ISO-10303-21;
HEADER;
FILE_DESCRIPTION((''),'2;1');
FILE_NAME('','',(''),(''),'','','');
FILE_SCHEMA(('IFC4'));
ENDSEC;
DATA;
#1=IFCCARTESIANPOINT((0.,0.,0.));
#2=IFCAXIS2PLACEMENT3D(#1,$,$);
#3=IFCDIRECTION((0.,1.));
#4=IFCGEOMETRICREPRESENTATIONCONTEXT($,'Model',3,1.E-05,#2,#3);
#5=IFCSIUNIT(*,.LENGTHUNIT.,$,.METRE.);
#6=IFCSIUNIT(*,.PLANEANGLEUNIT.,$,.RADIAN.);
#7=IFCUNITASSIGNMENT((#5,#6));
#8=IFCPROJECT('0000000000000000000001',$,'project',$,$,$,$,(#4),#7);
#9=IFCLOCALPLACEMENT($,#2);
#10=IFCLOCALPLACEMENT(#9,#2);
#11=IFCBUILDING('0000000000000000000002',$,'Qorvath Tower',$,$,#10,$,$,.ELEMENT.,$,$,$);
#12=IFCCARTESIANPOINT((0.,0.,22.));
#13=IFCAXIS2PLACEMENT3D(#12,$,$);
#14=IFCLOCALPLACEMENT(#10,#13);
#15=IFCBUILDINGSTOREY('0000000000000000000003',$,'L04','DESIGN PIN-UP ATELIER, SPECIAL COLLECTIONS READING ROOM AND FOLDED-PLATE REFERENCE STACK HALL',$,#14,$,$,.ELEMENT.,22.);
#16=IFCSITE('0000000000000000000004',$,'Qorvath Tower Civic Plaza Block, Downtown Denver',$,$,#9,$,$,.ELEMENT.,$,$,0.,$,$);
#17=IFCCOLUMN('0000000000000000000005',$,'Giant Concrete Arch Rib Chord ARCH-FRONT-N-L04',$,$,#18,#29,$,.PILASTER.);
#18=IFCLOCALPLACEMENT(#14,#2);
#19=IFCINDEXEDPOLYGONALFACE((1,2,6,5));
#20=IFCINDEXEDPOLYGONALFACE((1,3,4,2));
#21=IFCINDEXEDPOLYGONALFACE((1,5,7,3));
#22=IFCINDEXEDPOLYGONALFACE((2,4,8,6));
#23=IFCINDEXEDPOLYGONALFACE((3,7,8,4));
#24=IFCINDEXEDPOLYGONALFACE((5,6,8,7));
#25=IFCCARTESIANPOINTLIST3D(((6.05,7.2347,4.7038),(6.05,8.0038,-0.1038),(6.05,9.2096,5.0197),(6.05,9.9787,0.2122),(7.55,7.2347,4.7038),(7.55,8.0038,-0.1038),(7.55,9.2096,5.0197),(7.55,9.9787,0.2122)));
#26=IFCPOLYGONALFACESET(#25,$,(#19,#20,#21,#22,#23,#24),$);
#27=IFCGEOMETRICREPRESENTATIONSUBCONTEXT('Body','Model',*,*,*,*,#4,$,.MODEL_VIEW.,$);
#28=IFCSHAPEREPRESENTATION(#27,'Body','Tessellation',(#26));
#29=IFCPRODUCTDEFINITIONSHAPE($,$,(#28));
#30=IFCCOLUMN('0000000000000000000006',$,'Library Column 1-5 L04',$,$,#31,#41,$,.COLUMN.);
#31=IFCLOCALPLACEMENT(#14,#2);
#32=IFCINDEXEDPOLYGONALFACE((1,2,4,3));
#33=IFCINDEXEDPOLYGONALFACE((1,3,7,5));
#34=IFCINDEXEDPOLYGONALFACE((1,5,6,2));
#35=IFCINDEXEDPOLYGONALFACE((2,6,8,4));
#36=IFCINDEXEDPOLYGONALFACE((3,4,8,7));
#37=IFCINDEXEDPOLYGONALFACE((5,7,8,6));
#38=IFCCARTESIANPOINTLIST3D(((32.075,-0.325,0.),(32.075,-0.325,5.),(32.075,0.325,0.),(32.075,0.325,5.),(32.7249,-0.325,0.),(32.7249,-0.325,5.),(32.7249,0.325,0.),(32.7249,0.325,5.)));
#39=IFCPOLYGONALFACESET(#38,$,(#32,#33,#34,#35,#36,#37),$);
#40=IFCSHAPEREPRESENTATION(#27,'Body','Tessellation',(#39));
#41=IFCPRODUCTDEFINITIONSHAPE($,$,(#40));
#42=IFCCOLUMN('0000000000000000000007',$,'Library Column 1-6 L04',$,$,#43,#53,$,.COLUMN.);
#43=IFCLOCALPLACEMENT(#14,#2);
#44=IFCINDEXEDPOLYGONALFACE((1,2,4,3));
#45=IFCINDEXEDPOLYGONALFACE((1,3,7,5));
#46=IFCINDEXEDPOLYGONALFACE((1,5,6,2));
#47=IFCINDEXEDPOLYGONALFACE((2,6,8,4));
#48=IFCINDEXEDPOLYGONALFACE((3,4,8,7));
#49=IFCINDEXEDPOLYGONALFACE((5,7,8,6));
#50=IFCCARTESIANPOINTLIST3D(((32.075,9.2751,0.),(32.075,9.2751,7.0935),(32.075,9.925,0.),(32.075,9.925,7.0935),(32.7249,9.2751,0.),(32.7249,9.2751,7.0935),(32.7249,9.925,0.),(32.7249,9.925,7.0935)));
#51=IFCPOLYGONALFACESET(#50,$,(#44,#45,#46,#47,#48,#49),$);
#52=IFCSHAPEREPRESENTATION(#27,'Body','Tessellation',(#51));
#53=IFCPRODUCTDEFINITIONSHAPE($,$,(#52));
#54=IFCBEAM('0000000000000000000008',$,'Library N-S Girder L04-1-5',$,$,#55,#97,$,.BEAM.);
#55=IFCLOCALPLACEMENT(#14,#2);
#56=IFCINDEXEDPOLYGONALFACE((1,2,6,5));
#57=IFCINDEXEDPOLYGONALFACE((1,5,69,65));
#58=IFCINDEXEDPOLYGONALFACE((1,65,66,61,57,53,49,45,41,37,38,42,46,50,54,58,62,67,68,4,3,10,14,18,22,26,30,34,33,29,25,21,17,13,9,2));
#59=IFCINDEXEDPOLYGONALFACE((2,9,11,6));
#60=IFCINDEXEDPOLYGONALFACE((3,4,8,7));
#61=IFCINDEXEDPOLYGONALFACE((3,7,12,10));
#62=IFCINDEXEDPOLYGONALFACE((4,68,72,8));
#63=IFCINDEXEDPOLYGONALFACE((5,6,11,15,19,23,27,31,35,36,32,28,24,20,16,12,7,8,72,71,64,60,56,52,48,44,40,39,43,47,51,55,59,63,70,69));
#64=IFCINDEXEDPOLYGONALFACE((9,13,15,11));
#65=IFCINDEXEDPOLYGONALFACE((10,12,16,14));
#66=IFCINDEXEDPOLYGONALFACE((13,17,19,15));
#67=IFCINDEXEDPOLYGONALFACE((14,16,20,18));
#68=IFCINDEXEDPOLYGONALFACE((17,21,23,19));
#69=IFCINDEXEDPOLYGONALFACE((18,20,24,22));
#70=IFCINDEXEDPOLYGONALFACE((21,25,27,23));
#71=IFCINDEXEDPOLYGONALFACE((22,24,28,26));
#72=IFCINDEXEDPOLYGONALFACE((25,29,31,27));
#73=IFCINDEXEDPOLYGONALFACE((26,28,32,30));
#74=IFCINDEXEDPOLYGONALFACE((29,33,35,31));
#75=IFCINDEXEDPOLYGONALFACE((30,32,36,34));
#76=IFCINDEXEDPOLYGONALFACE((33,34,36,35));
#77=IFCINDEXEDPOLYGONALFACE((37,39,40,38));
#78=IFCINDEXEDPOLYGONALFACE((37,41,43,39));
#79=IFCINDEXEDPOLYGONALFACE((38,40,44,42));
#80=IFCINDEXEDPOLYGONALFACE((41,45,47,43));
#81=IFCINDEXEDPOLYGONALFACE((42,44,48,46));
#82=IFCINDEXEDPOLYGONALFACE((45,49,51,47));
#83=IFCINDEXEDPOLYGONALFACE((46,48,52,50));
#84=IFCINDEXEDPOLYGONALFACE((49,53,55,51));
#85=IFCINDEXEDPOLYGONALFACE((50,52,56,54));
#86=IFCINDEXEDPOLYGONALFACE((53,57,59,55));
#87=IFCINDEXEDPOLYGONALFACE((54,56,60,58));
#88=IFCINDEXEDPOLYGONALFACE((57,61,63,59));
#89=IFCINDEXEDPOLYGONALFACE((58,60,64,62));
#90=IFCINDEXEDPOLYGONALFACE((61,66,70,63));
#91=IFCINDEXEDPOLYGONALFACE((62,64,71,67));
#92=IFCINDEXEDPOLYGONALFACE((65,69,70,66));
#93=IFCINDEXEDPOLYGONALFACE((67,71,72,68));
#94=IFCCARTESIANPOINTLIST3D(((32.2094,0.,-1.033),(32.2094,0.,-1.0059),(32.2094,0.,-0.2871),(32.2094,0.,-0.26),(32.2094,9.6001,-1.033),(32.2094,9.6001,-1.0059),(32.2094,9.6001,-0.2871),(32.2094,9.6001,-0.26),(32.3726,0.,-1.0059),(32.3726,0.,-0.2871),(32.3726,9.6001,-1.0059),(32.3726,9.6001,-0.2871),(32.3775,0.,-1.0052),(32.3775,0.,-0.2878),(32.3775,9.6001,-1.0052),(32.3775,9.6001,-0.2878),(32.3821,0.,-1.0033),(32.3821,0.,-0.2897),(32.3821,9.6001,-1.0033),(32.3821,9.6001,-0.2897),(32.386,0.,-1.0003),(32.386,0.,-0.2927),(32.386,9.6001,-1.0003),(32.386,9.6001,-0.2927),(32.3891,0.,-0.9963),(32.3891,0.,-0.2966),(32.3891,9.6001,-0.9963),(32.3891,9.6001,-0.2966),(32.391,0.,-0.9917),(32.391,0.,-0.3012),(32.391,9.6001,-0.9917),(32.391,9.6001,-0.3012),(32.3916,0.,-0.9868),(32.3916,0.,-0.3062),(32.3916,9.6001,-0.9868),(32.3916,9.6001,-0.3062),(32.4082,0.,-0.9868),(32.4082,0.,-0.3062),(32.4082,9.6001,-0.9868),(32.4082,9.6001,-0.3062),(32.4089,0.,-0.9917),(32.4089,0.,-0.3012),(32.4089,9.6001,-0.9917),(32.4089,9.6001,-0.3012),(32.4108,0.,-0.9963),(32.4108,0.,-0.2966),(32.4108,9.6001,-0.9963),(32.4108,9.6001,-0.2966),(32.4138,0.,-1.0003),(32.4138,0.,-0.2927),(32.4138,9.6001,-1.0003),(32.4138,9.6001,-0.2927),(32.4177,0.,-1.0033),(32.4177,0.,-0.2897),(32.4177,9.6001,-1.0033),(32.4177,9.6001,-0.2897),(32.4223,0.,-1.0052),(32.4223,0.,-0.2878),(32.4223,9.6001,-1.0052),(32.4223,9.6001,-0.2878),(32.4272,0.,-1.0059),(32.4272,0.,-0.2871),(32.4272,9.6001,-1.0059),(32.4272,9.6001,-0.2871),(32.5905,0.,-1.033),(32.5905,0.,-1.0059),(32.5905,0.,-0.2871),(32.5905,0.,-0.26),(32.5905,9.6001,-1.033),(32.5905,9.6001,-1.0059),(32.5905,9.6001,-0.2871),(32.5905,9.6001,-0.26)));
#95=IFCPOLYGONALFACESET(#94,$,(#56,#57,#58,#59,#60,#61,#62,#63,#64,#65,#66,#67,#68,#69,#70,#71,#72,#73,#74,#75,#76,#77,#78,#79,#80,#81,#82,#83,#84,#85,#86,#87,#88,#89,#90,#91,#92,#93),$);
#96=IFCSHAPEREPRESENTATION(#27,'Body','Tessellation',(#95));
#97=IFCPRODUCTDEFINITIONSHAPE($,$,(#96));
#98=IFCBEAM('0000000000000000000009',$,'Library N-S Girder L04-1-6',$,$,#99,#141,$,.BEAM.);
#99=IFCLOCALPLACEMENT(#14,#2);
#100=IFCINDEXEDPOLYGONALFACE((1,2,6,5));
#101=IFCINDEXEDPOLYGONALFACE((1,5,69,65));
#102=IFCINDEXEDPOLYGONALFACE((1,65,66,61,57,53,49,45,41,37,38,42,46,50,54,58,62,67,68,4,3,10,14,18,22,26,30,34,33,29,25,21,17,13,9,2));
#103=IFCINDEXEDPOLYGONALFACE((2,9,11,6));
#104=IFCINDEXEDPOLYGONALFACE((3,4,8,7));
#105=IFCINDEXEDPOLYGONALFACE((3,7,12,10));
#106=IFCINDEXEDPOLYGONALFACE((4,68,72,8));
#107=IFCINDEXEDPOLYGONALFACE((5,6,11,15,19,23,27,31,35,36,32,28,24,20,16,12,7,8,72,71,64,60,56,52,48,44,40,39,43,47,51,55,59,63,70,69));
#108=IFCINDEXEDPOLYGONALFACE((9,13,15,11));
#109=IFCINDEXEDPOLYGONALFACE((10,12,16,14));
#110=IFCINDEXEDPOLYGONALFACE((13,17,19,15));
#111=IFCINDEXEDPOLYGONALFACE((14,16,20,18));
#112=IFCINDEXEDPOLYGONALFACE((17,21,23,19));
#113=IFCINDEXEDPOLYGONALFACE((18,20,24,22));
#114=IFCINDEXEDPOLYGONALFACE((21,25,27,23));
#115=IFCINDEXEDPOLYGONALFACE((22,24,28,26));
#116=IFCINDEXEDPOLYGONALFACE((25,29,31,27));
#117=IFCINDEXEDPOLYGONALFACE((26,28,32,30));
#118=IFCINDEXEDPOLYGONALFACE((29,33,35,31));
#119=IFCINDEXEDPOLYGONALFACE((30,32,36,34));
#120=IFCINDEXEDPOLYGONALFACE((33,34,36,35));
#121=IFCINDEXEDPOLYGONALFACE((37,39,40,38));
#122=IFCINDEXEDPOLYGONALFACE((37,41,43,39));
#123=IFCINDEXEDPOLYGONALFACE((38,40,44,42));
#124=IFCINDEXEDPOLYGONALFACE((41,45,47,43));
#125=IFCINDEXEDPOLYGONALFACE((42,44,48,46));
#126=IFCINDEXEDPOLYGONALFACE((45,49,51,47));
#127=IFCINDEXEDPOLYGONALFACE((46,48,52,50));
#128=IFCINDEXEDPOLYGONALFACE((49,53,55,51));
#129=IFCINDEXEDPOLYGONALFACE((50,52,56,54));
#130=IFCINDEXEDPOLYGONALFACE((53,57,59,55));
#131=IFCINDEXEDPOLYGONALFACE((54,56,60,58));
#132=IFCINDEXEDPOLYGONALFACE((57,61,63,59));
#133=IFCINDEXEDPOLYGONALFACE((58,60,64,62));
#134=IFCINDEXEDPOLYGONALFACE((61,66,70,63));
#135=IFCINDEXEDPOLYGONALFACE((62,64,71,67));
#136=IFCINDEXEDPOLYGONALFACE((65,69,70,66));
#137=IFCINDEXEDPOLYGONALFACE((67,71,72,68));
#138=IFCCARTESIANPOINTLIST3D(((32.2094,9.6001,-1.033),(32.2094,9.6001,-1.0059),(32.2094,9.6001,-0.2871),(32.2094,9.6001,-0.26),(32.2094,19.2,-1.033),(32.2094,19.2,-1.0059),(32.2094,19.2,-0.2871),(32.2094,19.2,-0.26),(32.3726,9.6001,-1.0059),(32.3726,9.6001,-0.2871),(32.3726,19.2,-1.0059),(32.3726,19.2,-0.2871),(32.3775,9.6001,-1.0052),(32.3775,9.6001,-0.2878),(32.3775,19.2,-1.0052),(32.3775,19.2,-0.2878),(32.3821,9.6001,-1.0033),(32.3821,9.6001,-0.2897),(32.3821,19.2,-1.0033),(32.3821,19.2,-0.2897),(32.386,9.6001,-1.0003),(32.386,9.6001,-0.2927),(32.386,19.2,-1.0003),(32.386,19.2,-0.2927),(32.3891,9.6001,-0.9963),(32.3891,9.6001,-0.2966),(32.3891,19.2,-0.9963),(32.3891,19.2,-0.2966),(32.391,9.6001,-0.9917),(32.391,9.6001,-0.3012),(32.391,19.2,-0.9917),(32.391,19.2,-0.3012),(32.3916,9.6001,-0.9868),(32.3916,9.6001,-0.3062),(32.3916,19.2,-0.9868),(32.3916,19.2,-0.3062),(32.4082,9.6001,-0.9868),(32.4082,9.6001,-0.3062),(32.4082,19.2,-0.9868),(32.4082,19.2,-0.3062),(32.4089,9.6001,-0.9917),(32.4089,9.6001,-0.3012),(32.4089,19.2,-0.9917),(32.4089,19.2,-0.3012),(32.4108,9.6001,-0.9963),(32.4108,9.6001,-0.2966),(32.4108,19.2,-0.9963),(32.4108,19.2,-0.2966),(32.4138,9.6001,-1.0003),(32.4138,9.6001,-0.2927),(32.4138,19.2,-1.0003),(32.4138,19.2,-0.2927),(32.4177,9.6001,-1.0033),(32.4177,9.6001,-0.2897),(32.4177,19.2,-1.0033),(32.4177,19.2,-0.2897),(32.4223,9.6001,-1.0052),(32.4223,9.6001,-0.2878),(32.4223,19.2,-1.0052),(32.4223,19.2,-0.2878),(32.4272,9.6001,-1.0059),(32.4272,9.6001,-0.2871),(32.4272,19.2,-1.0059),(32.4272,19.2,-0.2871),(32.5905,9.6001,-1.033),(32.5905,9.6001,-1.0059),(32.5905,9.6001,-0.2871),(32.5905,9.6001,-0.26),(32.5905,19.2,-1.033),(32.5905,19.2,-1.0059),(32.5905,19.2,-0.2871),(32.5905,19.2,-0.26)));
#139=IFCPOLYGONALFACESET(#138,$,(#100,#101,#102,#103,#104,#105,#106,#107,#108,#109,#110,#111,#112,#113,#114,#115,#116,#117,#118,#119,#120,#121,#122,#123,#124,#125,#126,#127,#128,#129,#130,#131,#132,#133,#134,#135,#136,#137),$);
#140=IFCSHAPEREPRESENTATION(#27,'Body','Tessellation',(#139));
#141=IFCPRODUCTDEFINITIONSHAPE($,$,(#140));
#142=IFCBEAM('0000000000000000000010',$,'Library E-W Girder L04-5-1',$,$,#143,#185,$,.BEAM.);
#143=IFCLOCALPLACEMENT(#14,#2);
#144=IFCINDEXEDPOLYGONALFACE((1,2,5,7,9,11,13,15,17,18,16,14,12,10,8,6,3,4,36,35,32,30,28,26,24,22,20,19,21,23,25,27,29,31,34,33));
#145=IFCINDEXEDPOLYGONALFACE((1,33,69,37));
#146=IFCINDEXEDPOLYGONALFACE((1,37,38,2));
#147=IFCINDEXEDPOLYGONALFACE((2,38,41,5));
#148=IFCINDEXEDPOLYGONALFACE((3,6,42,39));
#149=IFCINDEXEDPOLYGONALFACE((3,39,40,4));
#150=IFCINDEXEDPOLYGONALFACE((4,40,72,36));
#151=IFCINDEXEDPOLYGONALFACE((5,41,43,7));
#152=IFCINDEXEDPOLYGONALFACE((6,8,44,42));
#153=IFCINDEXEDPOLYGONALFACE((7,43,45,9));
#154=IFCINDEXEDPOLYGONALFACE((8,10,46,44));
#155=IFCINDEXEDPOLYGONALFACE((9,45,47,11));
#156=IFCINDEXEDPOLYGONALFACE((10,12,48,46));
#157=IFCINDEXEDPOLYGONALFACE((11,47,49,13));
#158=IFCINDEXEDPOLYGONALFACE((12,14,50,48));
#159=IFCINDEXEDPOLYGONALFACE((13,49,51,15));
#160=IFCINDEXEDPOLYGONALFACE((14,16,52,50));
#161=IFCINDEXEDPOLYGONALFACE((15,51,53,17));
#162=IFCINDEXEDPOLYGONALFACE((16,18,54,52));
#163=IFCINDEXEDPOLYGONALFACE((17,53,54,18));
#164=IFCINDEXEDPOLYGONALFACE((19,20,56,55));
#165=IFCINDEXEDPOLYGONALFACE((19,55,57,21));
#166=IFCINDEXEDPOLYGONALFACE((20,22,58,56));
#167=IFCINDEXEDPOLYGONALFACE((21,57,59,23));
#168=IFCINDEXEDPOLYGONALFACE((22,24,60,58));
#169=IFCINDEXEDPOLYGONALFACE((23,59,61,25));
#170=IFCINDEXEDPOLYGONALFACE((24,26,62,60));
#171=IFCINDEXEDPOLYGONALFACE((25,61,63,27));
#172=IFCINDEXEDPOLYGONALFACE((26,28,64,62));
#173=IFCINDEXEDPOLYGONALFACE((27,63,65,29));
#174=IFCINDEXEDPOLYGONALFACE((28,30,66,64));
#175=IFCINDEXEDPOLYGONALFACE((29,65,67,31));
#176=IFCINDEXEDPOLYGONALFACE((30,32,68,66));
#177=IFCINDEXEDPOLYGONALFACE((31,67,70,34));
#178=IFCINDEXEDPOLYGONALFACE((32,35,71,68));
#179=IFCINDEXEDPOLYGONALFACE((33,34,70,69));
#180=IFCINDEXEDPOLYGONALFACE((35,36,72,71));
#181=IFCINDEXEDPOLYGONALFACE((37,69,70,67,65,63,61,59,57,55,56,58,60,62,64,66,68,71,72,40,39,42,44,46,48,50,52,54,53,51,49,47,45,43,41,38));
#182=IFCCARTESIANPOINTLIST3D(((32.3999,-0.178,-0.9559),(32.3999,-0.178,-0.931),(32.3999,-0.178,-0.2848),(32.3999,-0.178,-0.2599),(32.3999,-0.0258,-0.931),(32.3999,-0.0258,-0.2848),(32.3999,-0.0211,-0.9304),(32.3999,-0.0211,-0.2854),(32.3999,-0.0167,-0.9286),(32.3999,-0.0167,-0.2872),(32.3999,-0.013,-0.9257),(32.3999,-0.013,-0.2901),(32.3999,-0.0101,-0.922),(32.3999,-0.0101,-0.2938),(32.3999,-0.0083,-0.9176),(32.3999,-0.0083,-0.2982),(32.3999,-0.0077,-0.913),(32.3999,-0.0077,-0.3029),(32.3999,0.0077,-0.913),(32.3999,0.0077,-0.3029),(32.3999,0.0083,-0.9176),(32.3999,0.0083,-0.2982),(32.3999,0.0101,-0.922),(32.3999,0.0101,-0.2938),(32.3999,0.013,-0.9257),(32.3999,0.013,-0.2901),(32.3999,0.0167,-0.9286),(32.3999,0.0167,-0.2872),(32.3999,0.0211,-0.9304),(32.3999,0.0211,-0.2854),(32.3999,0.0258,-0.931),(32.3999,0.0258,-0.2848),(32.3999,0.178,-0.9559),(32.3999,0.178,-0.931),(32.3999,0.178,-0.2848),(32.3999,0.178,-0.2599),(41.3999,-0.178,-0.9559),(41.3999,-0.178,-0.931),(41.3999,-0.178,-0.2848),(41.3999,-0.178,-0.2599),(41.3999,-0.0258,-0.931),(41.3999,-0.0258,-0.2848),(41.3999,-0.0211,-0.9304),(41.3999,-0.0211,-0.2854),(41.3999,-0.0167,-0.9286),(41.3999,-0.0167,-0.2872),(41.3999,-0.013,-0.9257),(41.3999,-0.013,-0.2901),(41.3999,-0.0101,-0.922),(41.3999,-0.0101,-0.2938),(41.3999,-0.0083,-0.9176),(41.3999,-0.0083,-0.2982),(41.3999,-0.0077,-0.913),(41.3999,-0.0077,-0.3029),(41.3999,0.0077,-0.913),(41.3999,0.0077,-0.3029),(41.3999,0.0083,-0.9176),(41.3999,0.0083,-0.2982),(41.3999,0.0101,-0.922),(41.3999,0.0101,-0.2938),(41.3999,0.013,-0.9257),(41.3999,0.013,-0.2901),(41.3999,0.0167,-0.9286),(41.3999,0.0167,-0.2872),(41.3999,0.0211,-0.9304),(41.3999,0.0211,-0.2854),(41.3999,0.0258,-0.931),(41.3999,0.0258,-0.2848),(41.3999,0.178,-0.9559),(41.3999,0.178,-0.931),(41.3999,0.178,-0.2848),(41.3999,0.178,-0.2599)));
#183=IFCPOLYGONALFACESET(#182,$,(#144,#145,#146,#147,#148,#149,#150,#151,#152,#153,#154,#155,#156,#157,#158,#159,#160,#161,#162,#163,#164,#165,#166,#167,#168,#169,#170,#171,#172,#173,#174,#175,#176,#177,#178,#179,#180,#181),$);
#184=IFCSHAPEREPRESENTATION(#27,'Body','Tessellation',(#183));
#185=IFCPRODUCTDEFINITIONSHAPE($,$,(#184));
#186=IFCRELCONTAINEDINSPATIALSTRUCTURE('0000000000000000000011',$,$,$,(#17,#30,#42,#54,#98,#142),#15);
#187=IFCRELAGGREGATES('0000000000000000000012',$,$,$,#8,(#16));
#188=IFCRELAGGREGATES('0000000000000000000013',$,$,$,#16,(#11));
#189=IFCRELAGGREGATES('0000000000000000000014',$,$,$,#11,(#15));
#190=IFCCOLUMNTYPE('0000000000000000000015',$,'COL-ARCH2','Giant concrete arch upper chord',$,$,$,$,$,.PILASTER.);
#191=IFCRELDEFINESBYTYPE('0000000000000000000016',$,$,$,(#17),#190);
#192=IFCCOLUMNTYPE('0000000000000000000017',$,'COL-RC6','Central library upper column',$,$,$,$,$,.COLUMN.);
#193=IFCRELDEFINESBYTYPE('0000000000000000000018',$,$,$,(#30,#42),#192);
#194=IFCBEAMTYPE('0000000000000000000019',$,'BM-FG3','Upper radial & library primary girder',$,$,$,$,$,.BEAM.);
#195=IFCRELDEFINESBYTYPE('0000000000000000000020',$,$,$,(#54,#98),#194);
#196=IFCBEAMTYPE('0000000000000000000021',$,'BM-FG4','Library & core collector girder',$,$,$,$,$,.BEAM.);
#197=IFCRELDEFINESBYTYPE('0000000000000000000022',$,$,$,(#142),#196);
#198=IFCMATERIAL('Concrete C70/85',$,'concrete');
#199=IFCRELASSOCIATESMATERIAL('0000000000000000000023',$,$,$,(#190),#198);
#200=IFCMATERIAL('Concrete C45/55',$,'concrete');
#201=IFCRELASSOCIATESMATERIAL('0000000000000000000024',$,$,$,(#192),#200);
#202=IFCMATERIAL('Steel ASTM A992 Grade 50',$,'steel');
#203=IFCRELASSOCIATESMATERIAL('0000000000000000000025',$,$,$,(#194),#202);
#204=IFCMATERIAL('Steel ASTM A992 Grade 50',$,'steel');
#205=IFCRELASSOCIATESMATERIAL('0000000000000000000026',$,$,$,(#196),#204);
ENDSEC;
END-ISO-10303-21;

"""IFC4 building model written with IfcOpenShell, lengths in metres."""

from ifc_helpers import new_model, si_unit, direction, frame, origin, origin_2d, place, context, subcontext, project, spatial, rectangle, i_section, extrude, material, material_profile, profile_set, type_object, element, save


model = new_model("IFC4")

# Units and contexts
model_context = context("Model", 3, precision=1e-05, world=origin(), true_north=direction((0.0, 1.0)))
body_context = subcontext(model_context, "Body", "Model", "MODEL_VIEW")
ifc_project = project(units=[si_unit("LENGTHUNIT", "METRE"), si_unit("PLANEANGLEUNIT", "RADIAN")], contexts=[model_context])

# Site, building, storey
site_placement = place(None, origin())
site = spatial("IfcSite", under=ifc_project, at=site_placement, Name="Qorvath Tower Civic Plaza Block, Downtown Denver", CompositionType="ELEMENT", RefElevation=0.0)
building_placement = place(site_placement, origin())
building = spatial("IfcBuilding", under=site, at=building_placement, Name="Qorvath Tower", CompositionType="ELEMENT")
storey_placement = place(building_placement, frame((0.0, 0.0, 22.0)))
storey = spatial("IfcBuildingStorey", under=building, at=storey_placement, Name="L04", Description="DESIGN PIN-UP ATELIER, SPECIAL COLLECTIONS READING ROOM AND FOLDED-PLATE REFERENCE STACK HALL", CompositionType="ELEMENT", Elevation=22.0)

# Columns
ifc_material_1 = material(Name="Concrete C70/85", Category="concrete")
ifc_material_profile_1 = material_profile(ifc_material_1, rectangle(XDim=1.5, YDim=2.0, at=origin_2d()), Name="ARCH 2000x1500")
ifc_profile_set_1 = profile_set([ifc_material_profile_1], Name="Concrete C70/85")
column_type_1 = type_object("IfcColumnType", Name="COL-ARCH2", Description="Giant concrete arch upper chord", PredefinedType="PILASTER", material=ifc_profile_set_1)
column_1_placement = place(storey_placement, frame((6.8, 8.9912, 0.0542), z_axis=(0.0, -0.157955, 0.987446), x_axis=(1.0, 0.0, 0.0)))
element("IfcColumn", 1, at=column_1_placement, inside=storey, type_object=column_type_1, Name="Giant Concrete Arch Rib Chord ARCH-FRONT-N-L04", PredefinedType="PILASTER", context=body_context, shape_type="SweptSolid", body=[
    extrude(rectangle(XDim=1.5, YDim=2.0, at=origin_2d()), origin(), (0.0, 0.0, 1.0), 4.8687),
])
ifc_material_2 = material(Name="Concrete C45/55", Category="concrete")
ifc_material_profile_2 = material_profile(ifc_material_2, rectangle(XDim=0.6499, YDim=0.6499, at=origin_2d()), Name="RC 650x650")
ifc_profile_set_2 = profile_set([ifc_material_profile_2], Name="Concrete C45/55")
column_type_2 = type_object("IfcColumnType", Name="COL-RC6", Description="Central library upper column", PredefinedType="COLUMN", material=ifc_profile_set_2)
column_2_placement = place(storey_placement, frame((32.3999, 0.0, 0.0), z_axis=(0.0, 0.0, 1.0), x_axis=(1.0, 0.0, 0.0)))
element("IfcColumn", 2, at=column_2_placement, inside=storey, type_object=column_type_2, Name="Library Column 1-5 L04", PredefinedType="COLUMN", context=body_context, shape_type="SweptSolid", body=[
    extrude(rectangle(XDim=0.6499, YDim=0.6499, at=origin_2d()), origin(), (0.0, 0.0, 1.0), 5.0),
])
column_3_placement = place(storey_placement, frame((32.3999, 9.6001, 0.0), z_axis=(0.0, 0.0, 1.0), x_axis=(1.0, 0.0, 0.0)))
element("IfcColumn", 3, at=column_3_placement, inside=storey, type_object=column_type_2, Name="Library Column 1-6 L04", PredefinedType="COLUMN", context=body_context, shape_type="SweptSolid", body=[
    extrude(rectangle(XDim=0.6499, YDim=0.6499, at=origin_2d()), origin(), (0.0, 0.0, 1.0), 7.0935),
])

# Beams
ifc_material_3 = material(Name="Steel ASTM A992 Grade 50", Category="steel")
ifc_material_profile_3 = material_profile(ifc_material_3, i_section(OverallWidth=0.3811, OverallDepth=0.7729, WebThickness=0.0166, FlangeThickness=0.0271, FilletRadius=0.019, at=origin_2d()), Name="W30x173")
ifc_profile_set_3 = profile_set([ifc_material_profile_3], Name="Steel ASTM A992 Grade 50")
beam_type_1 = type_object("IfcBeamType", Name="BM-FG3", Description="Upper radial & library primary girder", PredefinedType="BEAM", material=ifc_profile_set_3)
beam_1_placement = place(storey_placement, frame((32.3999, 0.0, -0.6465), z_axis=(0.0, 1.0, 0.0), x_axis=(-1.0, 0.0, 0.0)))
element("IfcBeam", 4, at=beam_1_placement, inside=storey, type_object=beam_type_1, Name="Library N-S Girder L04-1-5", PredefinedType="BEAM", context=body_context, shape_type="SweptSolid", body=[
    extrude(i_section(OverallWidth=0.3811, OverallDepth=0.7729, WebThickness=0.0166, FlangeThickness=0.0271, FilletRadius=0.019, at=origin_2d()), origin(), (0.0, 0.0, 1.0), 9.6001),
])
beam_2_placement = place(storey_placement, frame((32.3999, 9.6001, -0.6465), z_axis=(0.0, 1.0, 0.0), x_axis=(-1.0, 0.0, 0.0)))
element("IfcBeam", 5, at=beam_2_placement, inside=storey, type_object=beam_type_1, Name="Library N-S Girder L04-1-6", PredefinedType="BEAM", context=body_context, shape_type="SweptSolid", body=[
    extrude(i_section(OverallWidth=0.3811, OverallDepth=0.7729, WebThickness=0.0166, FlangeThickness=0.0271, FilletRadius=0.019, at=origin_2d()), origin(), (0.0, 0.0, 1.0), 9.5999),
])
ifc_material_4 = material(Name="Steel ASTM A992 Grade 50", Category="steel")
ifc_material_profile_4 = material_profile(ifc_material_4, i_section(OverallWidth=0.356, OverallDepth=0.696, WebThickness=0.0154, FlangeThickness=0.0249, FilletRadius=0.0181, at=origin_2d()), Name="W27x146")
ifc_profile_set_4 = profile_set([ifc_material_profile_4], Name="Steel ASTM A992 Grade 50")
beam_type_2 = type_object("IfcBeamType", Name="BM-FG4", Description="Library & core collector girder", PredefinedType="BEAM", material=ifc_profile_set_4)
for number, where, z_axis, x_axis, name in (
    (6, (32.3999, 0.0, -0.6079), (1.0, 0.0, 0.0), (0.0, 1.0, 0.0), "Library E-W Girder L04-5-1"),
):
    element("IfcBeam", number, at=place(storey_placement, frame(where, z_axis=z_axis, x_axis=x_axis)), inside=storey, type_object=beam_type_2, Name=name, PredefinedType="BEAM", context=body_context, shape_type="SweptSolid", body=[
        extrude(i_section(OverallWidth=0.356, OverallDepth=0.696, WebThickness=0.0154, FlangeThickness=0.0249, FilletRadius=0.0181, at=origin_2d()), origin(), (0.0, 0.0, 1.0), 9.0),
    ])

save(model, "model.ifc")
